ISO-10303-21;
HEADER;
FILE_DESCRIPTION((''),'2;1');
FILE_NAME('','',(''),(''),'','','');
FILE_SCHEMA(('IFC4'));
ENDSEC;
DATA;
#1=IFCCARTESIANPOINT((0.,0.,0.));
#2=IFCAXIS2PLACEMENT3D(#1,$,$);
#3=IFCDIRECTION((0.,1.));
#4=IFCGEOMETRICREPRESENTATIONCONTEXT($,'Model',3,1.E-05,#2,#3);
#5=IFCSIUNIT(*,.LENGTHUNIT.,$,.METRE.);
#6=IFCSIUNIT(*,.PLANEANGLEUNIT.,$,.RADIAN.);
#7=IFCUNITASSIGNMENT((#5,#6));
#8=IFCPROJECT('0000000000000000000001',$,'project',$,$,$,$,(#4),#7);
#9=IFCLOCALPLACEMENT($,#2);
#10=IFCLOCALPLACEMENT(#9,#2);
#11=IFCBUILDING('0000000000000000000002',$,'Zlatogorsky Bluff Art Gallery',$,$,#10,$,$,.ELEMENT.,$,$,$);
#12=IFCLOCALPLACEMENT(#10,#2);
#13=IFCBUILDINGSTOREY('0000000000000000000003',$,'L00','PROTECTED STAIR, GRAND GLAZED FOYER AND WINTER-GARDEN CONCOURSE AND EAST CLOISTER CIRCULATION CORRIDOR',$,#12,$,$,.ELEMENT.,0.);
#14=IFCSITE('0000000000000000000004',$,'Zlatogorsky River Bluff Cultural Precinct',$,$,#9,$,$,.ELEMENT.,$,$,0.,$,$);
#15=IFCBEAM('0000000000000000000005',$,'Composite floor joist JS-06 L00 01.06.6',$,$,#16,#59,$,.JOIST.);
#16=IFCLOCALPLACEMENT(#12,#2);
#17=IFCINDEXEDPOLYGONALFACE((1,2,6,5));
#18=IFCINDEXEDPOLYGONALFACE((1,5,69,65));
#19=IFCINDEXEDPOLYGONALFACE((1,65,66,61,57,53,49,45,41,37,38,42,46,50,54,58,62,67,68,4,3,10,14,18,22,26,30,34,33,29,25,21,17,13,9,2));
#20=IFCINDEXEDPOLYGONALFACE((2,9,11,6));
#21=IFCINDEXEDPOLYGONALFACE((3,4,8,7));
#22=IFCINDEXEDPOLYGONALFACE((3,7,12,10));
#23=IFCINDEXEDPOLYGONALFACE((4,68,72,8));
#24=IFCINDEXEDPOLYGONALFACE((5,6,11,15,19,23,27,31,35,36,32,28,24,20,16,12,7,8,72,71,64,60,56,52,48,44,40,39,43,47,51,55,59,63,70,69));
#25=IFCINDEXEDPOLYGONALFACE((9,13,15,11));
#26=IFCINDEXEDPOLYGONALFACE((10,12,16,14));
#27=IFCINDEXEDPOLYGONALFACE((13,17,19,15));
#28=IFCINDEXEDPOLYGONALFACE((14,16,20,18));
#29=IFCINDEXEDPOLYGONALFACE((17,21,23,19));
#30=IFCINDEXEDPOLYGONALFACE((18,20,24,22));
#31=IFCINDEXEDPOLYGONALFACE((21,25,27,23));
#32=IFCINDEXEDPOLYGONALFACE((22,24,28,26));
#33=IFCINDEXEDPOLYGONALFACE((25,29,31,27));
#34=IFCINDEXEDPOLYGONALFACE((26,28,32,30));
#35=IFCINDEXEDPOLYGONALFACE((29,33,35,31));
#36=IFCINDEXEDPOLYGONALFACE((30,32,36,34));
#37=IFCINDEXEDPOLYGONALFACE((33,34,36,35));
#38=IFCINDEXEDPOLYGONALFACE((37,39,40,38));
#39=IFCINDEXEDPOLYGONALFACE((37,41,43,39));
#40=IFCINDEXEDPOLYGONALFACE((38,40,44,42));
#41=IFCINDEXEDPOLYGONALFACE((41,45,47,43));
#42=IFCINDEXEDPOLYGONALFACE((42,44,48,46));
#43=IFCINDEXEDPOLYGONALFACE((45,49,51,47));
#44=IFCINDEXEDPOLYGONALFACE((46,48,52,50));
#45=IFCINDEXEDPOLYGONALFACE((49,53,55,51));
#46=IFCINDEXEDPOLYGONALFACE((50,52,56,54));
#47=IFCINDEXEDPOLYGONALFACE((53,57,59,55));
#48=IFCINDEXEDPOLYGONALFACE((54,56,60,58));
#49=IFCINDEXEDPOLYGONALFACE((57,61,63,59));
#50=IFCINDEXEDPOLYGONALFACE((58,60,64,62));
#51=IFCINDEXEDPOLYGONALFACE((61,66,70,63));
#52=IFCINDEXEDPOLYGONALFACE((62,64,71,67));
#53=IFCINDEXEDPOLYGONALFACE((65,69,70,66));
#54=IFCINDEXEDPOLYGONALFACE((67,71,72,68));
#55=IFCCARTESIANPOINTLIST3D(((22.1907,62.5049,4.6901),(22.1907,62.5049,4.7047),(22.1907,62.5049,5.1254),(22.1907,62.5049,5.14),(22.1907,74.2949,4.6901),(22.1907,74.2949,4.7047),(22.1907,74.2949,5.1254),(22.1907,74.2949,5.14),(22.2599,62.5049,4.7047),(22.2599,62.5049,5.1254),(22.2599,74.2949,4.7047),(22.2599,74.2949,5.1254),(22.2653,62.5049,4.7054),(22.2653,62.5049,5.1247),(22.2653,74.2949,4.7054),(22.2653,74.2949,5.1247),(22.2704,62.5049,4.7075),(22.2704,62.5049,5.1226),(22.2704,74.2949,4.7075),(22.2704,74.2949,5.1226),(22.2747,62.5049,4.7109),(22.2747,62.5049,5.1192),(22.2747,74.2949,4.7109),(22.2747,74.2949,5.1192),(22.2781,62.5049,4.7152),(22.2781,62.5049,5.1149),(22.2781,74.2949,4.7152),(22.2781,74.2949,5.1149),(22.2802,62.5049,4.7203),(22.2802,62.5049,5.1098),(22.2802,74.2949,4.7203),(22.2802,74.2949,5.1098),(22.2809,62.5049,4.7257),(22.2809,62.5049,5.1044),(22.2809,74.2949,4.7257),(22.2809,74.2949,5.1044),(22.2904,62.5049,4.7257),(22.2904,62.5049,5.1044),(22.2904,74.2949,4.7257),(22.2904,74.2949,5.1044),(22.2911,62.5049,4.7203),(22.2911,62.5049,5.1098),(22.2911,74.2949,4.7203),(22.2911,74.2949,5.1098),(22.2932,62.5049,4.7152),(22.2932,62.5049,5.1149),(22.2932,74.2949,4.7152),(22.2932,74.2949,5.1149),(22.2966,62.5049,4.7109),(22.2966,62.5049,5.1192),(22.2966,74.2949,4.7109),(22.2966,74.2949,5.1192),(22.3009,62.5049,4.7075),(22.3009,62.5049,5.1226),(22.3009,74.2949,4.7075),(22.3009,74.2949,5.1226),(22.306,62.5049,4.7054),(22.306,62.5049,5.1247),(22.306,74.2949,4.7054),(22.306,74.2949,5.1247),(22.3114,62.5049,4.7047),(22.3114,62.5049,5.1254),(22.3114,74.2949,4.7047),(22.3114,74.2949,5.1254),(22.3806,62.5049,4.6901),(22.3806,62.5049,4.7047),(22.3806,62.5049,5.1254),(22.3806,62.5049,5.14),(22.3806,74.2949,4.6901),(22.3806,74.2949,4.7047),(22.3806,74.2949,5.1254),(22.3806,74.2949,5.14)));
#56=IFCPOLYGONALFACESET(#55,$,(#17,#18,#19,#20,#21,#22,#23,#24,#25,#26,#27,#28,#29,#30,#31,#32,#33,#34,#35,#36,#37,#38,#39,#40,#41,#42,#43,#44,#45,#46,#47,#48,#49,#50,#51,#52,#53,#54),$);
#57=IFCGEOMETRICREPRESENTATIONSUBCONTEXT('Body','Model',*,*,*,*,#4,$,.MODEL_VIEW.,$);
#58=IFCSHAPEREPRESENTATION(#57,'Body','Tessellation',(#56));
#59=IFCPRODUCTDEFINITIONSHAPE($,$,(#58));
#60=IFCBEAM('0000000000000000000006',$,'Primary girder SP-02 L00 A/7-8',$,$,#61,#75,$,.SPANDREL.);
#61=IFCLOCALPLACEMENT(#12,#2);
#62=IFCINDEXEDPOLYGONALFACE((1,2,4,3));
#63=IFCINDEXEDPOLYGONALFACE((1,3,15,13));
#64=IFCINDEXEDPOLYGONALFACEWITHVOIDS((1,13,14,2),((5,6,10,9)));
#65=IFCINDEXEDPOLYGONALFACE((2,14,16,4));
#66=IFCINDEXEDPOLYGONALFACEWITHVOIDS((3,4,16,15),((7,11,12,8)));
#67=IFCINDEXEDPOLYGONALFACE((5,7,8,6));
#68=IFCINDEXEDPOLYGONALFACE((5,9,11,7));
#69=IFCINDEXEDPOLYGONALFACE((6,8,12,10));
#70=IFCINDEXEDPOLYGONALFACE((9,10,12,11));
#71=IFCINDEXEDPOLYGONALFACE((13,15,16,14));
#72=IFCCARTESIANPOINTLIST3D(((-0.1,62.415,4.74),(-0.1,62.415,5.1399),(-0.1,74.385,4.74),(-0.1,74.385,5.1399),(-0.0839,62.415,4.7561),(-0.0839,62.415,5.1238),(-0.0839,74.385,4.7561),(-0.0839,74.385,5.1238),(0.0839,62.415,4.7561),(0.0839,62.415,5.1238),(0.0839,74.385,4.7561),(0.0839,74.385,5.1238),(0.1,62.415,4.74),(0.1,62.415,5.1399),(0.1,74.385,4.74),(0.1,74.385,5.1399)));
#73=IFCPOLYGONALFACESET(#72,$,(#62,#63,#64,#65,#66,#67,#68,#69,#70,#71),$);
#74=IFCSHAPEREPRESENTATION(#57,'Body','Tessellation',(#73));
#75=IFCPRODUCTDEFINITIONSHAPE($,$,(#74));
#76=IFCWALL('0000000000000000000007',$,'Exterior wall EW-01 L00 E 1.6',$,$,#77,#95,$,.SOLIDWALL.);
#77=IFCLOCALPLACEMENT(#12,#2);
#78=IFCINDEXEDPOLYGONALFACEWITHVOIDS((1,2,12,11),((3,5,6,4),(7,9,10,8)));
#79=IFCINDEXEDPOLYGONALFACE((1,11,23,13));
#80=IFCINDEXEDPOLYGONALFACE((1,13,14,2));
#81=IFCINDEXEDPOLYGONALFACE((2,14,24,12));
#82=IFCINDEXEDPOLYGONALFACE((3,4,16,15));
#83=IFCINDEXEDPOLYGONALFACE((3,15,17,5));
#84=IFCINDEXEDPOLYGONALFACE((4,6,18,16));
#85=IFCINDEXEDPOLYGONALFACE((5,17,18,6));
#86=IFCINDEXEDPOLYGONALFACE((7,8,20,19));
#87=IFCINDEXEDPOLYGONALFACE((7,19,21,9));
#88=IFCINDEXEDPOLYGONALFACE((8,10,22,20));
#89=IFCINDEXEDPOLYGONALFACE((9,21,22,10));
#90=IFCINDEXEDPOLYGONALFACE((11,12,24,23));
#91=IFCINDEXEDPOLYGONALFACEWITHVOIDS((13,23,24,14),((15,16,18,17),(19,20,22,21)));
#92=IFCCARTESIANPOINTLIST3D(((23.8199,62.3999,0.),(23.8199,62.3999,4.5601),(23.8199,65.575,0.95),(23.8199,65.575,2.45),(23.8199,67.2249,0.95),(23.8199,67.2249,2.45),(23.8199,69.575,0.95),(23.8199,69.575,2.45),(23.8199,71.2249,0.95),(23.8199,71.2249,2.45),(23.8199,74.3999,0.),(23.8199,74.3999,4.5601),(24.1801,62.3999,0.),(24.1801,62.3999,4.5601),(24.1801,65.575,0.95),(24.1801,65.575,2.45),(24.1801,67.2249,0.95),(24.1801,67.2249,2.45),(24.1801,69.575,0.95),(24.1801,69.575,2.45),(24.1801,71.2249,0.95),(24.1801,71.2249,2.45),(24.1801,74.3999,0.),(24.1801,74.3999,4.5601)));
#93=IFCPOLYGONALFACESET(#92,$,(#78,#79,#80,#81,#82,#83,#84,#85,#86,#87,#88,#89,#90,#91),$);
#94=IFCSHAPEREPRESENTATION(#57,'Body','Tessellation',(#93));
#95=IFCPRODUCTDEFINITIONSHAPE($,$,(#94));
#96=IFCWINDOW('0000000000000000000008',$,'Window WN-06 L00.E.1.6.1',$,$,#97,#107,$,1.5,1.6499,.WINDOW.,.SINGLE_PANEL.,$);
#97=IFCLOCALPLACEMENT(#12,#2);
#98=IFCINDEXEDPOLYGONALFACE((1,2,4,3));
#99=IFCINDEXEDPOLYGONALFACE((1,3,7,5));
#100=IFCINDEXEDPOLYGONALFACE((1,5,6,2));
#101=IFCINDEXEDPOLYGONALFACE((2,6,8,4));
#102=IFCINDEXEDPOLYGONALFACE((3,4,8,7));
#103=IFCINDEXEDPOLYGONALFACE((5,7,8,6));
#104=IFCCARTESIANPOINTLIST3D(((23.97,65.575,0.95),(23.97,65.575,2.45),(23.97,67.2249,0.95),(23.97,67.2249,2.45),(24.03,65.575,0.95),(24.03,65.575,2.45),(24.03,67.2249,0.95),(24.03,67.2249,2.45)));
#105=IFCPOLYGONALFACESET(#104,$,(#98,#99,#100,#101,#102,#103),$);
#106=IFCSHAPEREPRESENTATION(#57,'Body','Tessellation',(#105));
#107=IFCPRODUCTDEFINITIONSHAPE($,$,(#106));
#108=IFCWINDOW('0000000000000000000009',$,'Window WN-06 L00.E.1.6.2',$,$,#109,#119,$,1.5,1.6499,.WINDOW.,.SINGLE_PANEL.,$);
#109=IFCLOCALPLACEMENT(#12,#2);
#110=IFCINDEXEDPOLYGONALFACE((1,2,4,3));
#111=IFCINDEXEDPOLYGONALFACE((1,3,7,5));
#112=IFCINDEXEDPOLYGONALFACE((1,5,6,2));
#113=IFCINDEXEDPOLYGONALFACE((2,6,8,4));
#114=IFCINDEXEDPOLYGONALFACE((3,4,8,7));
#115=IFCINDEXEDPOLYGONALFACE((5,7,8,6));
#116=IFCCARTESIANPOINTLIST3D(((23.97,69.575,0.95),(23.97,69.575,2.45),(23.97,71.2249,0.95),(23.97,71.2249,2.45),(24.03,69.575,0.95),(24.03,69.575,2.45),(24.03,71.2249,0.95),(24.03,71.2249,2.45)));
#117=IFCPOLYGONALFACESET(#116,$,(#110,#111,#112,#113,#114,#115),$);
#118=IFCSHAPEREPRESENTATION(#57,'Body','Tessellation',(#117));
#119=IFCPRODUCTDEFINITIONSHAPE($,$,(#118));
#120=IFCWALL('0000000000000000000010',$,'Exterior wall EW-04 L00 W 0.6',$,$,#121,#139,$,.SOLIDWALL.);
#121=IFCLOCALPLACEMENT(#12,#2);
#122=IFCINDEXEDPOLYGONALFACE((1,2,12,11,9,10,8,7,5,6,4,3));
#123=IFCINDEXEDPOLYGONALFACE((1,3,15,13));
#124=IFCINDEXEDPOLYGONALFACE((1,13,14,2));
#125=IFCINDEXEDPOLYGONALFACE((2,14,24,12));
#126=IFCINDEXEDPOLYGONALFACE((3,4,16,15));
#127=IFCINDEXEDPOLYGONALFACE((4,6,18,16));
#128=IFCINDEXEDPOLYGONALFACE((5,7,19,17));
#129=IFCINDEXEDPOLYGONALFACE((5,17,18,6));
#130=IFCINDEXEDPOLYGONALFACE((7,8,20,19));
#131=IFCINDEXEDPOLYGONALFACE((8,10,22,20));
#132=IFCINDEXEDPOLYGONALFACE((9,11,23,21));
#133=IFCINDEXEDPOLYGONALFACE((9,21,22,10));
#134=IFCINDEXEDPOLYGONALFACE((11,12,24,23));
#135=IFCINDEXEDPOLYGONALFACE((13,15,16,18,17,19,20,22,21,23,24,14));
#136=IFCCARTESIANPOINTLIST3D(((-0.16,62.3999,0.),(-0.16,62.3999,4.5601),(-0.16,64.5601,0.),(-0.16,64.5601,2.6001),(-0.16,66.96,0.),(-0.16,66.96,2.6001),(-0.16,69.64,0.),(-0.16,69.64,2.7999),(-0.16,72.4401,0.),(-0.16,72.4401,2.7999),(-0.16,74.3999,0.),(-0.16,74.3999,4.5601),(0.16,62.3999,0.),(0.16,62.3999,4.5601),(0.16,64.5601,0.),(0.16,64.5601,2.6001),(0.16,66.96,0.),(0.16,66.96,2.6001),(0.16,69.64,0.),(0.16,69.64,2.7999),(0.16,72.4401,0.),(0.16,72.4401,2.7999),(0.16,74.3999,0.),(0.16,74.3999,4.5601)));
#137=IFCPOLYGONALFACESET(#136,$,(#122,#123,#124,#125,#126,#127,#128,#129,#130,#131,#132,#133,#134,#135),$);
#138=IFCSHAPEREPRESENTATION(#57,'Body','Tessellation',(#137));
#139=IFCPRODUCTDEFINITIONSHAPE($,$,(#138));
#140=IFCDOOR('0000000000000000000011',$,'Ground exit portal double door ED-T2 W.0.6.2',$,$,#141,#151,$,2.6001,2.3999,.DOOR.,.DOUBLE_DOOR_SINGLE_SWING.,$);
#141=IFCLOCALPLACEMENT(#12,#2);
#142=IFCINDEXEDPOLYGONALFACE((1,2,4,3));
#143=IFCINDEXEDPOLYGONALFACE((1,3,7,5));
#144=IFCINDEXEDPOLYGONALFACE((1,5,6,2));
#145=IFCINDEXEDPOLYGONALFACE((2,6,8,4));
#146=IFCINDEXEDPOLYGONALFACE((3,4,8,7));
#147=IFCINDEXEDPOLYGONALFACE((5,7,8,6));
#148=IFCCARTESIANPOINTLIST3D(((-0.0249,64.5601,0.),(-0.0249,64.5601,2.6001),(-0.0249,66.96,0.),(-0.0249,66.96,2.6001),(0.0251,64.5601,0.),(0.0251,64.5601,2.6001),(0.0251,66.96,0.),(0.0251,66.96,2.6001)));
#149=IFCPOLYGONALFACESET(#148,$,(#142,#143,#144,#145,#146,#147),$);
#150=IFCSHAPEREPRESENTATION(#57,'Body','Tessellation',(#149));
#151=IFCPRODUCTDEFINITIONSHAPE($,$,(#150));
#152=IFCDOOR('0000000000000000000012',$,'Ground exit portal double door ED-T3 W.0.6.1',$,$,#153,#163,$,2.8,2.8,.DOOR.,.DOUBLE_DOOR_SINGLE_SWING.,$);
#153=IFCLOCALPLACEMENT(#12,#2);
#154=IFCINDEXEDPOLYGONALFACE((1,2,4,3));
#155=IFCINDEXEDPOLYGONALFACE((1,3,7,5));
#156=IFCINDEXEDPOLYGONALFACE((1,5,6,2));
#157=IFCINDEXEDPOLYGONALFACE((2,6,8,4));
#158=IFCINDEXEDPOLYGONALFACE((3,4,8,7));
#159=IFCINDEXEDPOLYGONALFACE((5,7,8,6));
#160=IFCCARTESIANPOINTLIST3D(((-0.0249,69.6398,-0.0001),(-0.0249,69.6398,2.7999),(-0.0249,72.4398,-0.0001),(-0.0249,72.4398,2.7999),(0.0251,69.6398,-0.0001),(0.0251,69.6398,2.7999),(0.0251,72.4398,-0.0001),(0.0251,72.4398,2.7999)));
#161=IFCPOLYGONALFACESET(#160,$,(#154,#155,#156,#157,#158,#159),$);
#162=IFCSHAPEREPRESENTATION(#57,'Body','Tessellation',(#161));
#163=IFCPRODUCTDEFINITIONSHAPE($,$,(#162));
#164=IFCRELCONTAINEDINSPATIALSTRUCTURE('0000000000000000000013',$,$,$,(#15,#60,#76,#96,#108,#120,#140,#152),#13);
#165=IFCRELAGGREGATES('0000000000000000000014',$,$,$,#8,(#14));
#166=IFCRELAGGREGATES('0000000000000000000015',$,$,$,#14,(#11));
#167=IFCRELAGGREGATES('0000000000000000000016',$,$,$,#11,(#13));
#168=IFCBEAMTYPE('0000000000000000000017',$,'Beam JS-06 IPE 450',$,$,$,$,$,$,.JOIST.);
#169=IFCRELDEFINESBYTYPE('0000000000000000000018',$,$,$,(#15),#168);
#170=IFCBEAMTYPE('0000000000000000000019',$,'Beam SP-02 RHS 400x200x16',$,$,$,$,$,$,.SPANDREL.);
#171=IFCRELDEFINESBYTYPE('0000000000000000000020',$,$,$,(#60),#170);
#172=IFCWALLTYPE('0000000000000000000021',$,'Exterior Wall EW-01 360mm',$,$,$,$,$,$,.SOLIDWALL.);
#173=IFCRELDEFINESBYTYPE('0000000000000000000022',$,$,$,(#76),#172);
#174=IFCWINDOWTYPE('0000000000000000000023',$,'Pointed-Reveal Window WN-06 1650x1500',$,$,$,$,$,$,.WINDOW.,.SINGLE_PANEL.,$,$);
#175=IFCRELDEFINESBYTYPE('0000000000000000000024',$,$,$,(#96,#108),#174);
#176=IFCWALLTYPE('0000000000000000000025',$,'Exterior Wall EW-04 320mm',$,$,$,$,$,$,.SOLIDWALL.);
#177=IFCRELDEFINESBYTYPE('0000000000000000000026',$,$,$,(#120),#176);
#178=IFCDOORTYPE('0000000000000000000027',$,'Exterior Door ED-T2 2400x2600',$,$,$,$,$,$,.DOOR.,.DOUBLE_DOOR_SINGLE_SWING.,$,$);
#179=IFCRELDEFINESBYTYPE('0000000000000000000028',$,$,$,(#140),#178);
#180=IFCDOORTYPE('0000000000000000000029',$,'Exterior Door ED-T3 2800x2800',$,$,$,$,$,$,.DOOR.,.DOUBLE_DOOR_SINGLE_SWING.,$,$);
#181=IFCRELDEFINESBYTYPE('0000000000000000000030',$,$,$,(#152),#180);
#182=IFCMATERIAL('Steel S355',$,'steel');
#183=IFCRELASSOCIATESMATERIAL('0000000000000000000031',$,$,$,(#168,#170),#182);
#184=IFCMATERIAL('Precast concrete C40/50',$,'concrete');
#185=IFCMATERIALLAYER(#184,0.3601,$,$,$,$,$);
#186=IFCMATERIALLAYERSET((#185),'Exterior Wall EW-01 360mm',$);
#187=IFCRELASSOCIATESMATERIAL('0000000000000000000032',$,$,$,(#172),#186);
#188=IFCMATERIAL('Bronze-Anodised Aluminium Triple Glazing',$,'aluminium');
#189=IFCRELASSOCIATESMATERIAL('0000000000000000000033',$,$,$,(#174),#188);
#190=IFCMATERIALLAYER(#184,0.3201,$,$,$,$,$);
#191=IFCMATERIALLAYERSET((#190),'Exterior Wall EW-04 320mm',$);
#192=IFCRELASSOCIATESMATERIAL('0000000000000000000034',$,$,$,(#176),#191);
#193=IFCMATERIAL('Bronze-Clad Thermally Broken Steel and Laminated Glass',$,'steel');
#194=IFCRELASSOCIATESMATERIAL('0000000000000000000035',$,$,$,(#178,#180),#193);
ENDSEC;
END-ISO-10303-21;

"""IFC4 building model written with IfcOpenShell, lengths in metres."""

from ifc_helpers import new_model, si_unit, direction, frame, frame_2d, origin, origin_2d, place, context, subcontext, project, spatial, rectangle, hollow_rectangle, i_section, extrude, material, layer, layer_set, material_profile, profile_set, type_object, element, fill, save


model = new_model("IFC4")

# Units and contexts
model_context = context("Model", 3, precision=1e-05, world=origin(), true_north=direction((0.0, 1.0)))
body_context = subcontext(model_context, "Body", "Model", "MODEL_VIEW")
ifc_project = project(units=[si_unit("LENGTHUNIT", "METRE"), si_unit("PLANEANGLEUNIT", "RADIAN")], contexts=[model_context])

# Site, building, storey
site_placement = place(None, origin())
site = spatial("IfcSite", under=ifc_project, at=site_placement, Name="Zlatogorsky River Bluff Cultural Precinct", CompositionType="ELEMENT", RefElevation=0.0)
building_placement = place(site_placement, origin())
building = spatial("IfcBuilding", under=site, at=building_placement, Name="Zlatogorsky Bluff Art Gallery", CompositionType="ELEMENT")
storey_placement = place(building_placement, origin())
storey = spatial("IfcBuildingStorey", under=building, at=storey_placement, Name="L00", Description="PROTECTED STAIR, GRAND GLAZED FOYER AND WINTER-GARDEN CONCOURSE AND EAST CLOISTER CIRCULATION CORRIDOR", CompositionType="ELEMENT", Elevation=0.0)

# Shared definitions
ifc_material_1 = material(Name="Steel S355", Category="steel")

# Beams
ifc_material_profile_1 = material_profile(ifc_material_1, i_section(OverallWidth=0.1899, OverallDepth=0.45, WebThickness=0.0095, FlangeThickness=0.0146, FilletRadius=0.021, at=origin_2d()), Name="IPE 450")
ifc_profile_set_1 = profile_set([ifc_material_profile_1], Name="Steel S355")
beam_type_1 = type_object("IfcBeamType", Name="Beam JS-06 IPE 450", PredefinedType="JOIST", material=ifc_profile_set_1)
for number, where, z_axis, x_axis, name in (
    (1, (22.2856, 62.5049, 4.915), (0.0, 1.0, 0.0), (-1.0, 0.0, 0.0), "Composite floor joist JS-06 L00 01.06.6"),
):
    element("IfcBeam", number, at=place(storey_placement, frame(where, z_axis=z_axis, x_axis=x_axis)), inside=storey, type_object=beam_type_1, Name=name, PredefinedType="JOIST", context=body_context, shape_type="SweptSolid", body=[
        extrude(i_section(OverallWidth=0.1899, OverallDepth=0.45, WebThickness=0.0095, FlangeThickness=0.0146, FilletRadius=0.021, at=origin_2d()), origin(), (0.0, 0.0, 1.0), 11.79),
    ])
ifc_material_profile_2 = material_profile(ifc_material_1, hollow_rectangle(XDim=0.2, YDim=0.3999, WallThickness=0.0161, at=origin_2d()), Name="RHS 400x200x16")
ifc_profile_set_2 = profile_set([ifc_material_profile_2], Name="Steel S355")
beam_type_2 = type_object("IfcBeamType", Name="Beam SP-02 RHS 400x200x16", PredefinedType="SPANDREL", material=ifc_profile_set_2)
beam_placement = place(storey_placement, frame((0.0, 62.415, 4.9399), z_axis=(0.0, 1.0, 0.0), x_axis=(-1.0, 0.0, 0.0)))
element("IfcBeam", 2, at=beam_placement, inside=storey, type_object=beam_type_2, Name="Primary girder SP-02 L00 A/7-8", PredefinedType="SPANDREL", context=body_context, shape_type="SweptSolid", body=[
    extrude(hollow_rectangle(XDim=0.2, YDim=0.3999, WallThickness=0.0161, at=origin_2d()), origin(), (0.0, 0.0, 1.0), 11.97),
])

# Wall, openings, windows
ifc_material_2 = material(Name="Precast concrete C40/50", Category="concrete")
ifc_layer_1 = layer(ifc_material_2, 0.3601)
ifc_layer_set_1 = layer_set([ifc_layer_1], Name="Exterior Wall EW-01 360mm")
wall_type_1 = type_object("IfcWallType", Name="Exterior Wall EW-01 360mm", PredefinedType="SOLIDWALL", material=ifc_layer_set_1)
wall_1_placement = place(storey_placement, frame((24.0, 62.3999, 0.0), z_axis=(0.0, 0.0, 1.0), x_axis=(0.0, 1.0, 0.0)))
wall_1 = element("IfcWall", 3, at=wall_1_placement, inside=storey, type_object=wall_type_1, Name="Exterior wall EW-01 L00 E 1.6", PredefinedType="SOLIDWALL", context=body_context, shape_type="SweptSolid", body=[
    extrude(rectangle(XDim=12.0, YDim=0.3601, at=frame_2d((6.0, 0.0))), origin(), (0.0, 0.0, 1.0), 4.5601),
])
opening_1_placement = place(wall_1_placement, frame((3.175, 0.0, 0.95)))
opening_1 = element("IfcOpeningElement", 4, at=opening_1_placement, cuts=wall_1, PredefinedType="OPENING", context=body_context, shape_type="SweptSolid", body=[
    extrude(rectangle(XDim=1.6499, YDim=1.5, at=frame_2d((0.825, 0.75))), frame((0.0, 0.1899, 0.0), z_axis=(0.0, -1.0, 0.0), x_axis=(1.0, 0.0, 0.0)), (0.0, 0.0, 1.0), 0.3801),
])
opening_2_placement = place(wall_1_placement, frame((7.175, 0.0, 0.95)))
opening_2 = element("IfcOpeningElement", 5, at=opening_2_placement, cuts=wall_1, PredefinedType="OPENING", context=body_context, shape_type="SweptSolid", body=[
    extrude(rectangle(XDim=1.6499, YDim=1.5, at=frame_2d((0.825, 0.75))), frame((0.0, 0.1899, 0.0), z_axis=(0.0, -1.0, 0.0), x_axis=(1.0, 0.0, 0.0)), (0.0, 0.0, 1.0), 0.3801),
])
ifc_material_3 = material(Name="Bronze-Anodised Aluminium Triple Glazing", Category="aluminium")
window_type = type_object("IfcWindowType", Name="Pointed-Reveal Window WN-06 1650x1500", PartitioningType="SINGLE_PANEL", PredefinedType="WINDOW", material=ifc_material_3)
window_1_placement = place(opening_1_placement, origin())
window_1 = element("IfcWindow", 6, at=window_1_placement, inside=storey, type_object=window_type, Name="Window WN-06 L00.E.1.6.1", OverallHeight=1.5, OverallWidth=1.6499, PartitioningType="SINGLE_PANEL", PredefinedType="WINDOW", context=body_context, shape_type="SweptSolid", body=[
    extrude(rectangle(XDim=1.6499, YDim=1.5, at=frame_2d((0.825, 0.75))), frame((0.0, 0.03, 0.0), z_axis=(0.0, -1.0, 0.0), x_axis=(1.0, 0.0, 0.0)), (0.0, 0.0, 1.0), 0.0601),
])
fill(opening_1, window_1)
window_2_placement = place(opening_2_placement, origin())
window_2 = element("IfcWindow", 7, at=window_2_placement, inside=storey, type_object=window_type, Name="Window WN-06 L00.E.1.6.2", OverallHeight=1.5, OverallWidth=1.6499, PartitioningType="SINGLE_PANEL", PredefinedType="WINDOW", context=body_context, shape_type="SweptSolid", body=[
    extrude(rectangle(XDim=1.6499, YDim=1.5, at=frame_2d((0.825, 0.75))), frame((0.0, 0.03, 0.0), z_axis=(0.0, -1.0, 0.0), x_axis=(1.0, 0.0, 0.0)), (0.0, 0.0, 1.0), 0.0601),
])
fill(opening_2, window_2)

# Wall, openings, doors
ifc_layer_2 = layer(ifc_material_2, 0.3201)
ifc_layer_set_2 = layer_set([ifc_layer_2], Name="Exterior Wall EW-04 320mm")
wall_type_2 = type_object("IfcWallType", Name="Exterior Wall EW-04 320mm", PredefinedType="SOLIDWALL", material=ifc_layer_set_2)
wall_2_placement = place(storey_placement, frame((0.0, 74.3999, 0.0), z_axis=(0.0, 0.0, 1.0), x_axis=(0.0, -1.0, 0.0)))
wall_2 = element("IfcWall", 8, at=wall_2_placement, inside=storey, type_object=wall_type_2, Name="Exterior wall EW-04 L00 W 0.6", PredefinedType="SOLIDWALL", context=body_context, shape_type="SweptSolid", body=[
    extrude(rectangle(XDim=12.0, YDim=0.3201, at=frame_2d((6.0, 0.0))), origin(), (0.0, 0.0, 1.0), 4.5601),
])
opening_3_placement = place(wall_2_placement, frame((1.96, 0.0, 0.0)))
opening_3 = element("IfcOpeningElement", 9, at=opening_3_placement, cuts=wall_2, PredefinedType="OPENING", context=body_context, shape_type="SweptSolid", body=[
    extrude(rectangle(XDim=2.8, YDim=2.8, at=frame_2d((1.3999, 1.3999))), frame((0.0, 0.1699, 0.0), z_axis=(0.0, -1.0, 0.0), x_axis=(1.0, 0.0, 0.0)), (0.0, 0.0, 1.0), 0.3401),
])
opening_4_placement = place(wall_2_placement, frame((7.4399, 0.0, 0.0)))
opening_4 = element("IfcOpeningElement", 10, at=opening_4_placement, cuts=wall_2, PredefinedType="OPENING", context=body_context, shape_type="SweptSolid", body=[
    extrude(rectangle(XDim=2.3999, YDim=2.6001, at=frame_2d((1.2, 1.3))), frame((0.0, 0.1699, 0.0), z_axis=(0.0, -1.0, 0.0), x_axis=(1.0, 0.0, 0.0)), (0.0, 0.0, 1.0), 0.3401),
])
ifc_material_4 = material(Name="Bronze-Clad Thermally Broken Steel and Laminated Glass", Category="steel")
door_type_1 = type_object("IfcDoorType", Name="Exterior Door ED-T2 2400x2600", OperationType="DOUBLE_DOOR_SINGLE_SWING", PredefinedType="DOOR", material=ifc_material_4)
door_1_placement = place(opening_4_placement, frame((2.3999, 0.0, 0.0), z_axis=(0.0, 0.0, 1.0), x_axis=(-1.0, 0.0, 0.0)))
door_1 = element("IfcDoor", 11, at=door_1_placement, inside=storey, type_object=door_type_1, Name="Ground exit portal double door ED-T2 W.0.6.2", OperationType="DOUBLE_DOOR_SINGLE_SWING", OverallHeight=2.6001, OverallWidth=2.3999, PredefinedType="DOOR", context=body_context, shape_type="SweptSolid", body=[
    extrude(rectangle(XDim=2.3999, YDim=2.6001, at=frame_2d((1.2, 1.3))), frame((0.0, 0.0249, 0.0), z_axis=(0.0, -1.0, 0.0), x_axis=(1.0, 0.0, 0.0)), (0.0, 0.0, 1.0), 0.05),
])
fill(opening_4, door_1)
door_type_2 = type_object("IfcDoorType", Name="Exterior Door ED-T3 2800x2800", OperationType="DOUBLE_DOOR_SINGLE_SWING", PredefinedType="DOOR", material=ifc_material_4)
door_2_placement = place(opening_3_placement, frame((2.8, 0.0, 0.0), z_axis=(0.0, 0.0, 1.0), x_axis=(-1.0, 0.0, 0.0)))
door_2 = element("IfcDoor", 12, at=door_2_placement, inside=storey, type_object=door_type_2, Name="Ground exit portal double door ED-T3 W.0.6.1", OperationType="DOUBLE_DOOR_SINGLE_SWING", OverallHeight=2.8, OverallWidth=2.8, PredefinedType="DOOR", context=body_context, shape_type="SweptSolid", body=[
    extrude(rectangle(XDim=2.8, YDim=2.8, at=frame_2d((1.3999, 1.3999))), frame((0.0, 0.0249, 0.0), z_axis=(0.0, -1.0, 0.0), x_axis=(1.0, 0.0, 0.0)), (0.0, 0.0, 1.0), 0.05),
])
fill(opening_3, door_2)

save(model, "model.ifc")
